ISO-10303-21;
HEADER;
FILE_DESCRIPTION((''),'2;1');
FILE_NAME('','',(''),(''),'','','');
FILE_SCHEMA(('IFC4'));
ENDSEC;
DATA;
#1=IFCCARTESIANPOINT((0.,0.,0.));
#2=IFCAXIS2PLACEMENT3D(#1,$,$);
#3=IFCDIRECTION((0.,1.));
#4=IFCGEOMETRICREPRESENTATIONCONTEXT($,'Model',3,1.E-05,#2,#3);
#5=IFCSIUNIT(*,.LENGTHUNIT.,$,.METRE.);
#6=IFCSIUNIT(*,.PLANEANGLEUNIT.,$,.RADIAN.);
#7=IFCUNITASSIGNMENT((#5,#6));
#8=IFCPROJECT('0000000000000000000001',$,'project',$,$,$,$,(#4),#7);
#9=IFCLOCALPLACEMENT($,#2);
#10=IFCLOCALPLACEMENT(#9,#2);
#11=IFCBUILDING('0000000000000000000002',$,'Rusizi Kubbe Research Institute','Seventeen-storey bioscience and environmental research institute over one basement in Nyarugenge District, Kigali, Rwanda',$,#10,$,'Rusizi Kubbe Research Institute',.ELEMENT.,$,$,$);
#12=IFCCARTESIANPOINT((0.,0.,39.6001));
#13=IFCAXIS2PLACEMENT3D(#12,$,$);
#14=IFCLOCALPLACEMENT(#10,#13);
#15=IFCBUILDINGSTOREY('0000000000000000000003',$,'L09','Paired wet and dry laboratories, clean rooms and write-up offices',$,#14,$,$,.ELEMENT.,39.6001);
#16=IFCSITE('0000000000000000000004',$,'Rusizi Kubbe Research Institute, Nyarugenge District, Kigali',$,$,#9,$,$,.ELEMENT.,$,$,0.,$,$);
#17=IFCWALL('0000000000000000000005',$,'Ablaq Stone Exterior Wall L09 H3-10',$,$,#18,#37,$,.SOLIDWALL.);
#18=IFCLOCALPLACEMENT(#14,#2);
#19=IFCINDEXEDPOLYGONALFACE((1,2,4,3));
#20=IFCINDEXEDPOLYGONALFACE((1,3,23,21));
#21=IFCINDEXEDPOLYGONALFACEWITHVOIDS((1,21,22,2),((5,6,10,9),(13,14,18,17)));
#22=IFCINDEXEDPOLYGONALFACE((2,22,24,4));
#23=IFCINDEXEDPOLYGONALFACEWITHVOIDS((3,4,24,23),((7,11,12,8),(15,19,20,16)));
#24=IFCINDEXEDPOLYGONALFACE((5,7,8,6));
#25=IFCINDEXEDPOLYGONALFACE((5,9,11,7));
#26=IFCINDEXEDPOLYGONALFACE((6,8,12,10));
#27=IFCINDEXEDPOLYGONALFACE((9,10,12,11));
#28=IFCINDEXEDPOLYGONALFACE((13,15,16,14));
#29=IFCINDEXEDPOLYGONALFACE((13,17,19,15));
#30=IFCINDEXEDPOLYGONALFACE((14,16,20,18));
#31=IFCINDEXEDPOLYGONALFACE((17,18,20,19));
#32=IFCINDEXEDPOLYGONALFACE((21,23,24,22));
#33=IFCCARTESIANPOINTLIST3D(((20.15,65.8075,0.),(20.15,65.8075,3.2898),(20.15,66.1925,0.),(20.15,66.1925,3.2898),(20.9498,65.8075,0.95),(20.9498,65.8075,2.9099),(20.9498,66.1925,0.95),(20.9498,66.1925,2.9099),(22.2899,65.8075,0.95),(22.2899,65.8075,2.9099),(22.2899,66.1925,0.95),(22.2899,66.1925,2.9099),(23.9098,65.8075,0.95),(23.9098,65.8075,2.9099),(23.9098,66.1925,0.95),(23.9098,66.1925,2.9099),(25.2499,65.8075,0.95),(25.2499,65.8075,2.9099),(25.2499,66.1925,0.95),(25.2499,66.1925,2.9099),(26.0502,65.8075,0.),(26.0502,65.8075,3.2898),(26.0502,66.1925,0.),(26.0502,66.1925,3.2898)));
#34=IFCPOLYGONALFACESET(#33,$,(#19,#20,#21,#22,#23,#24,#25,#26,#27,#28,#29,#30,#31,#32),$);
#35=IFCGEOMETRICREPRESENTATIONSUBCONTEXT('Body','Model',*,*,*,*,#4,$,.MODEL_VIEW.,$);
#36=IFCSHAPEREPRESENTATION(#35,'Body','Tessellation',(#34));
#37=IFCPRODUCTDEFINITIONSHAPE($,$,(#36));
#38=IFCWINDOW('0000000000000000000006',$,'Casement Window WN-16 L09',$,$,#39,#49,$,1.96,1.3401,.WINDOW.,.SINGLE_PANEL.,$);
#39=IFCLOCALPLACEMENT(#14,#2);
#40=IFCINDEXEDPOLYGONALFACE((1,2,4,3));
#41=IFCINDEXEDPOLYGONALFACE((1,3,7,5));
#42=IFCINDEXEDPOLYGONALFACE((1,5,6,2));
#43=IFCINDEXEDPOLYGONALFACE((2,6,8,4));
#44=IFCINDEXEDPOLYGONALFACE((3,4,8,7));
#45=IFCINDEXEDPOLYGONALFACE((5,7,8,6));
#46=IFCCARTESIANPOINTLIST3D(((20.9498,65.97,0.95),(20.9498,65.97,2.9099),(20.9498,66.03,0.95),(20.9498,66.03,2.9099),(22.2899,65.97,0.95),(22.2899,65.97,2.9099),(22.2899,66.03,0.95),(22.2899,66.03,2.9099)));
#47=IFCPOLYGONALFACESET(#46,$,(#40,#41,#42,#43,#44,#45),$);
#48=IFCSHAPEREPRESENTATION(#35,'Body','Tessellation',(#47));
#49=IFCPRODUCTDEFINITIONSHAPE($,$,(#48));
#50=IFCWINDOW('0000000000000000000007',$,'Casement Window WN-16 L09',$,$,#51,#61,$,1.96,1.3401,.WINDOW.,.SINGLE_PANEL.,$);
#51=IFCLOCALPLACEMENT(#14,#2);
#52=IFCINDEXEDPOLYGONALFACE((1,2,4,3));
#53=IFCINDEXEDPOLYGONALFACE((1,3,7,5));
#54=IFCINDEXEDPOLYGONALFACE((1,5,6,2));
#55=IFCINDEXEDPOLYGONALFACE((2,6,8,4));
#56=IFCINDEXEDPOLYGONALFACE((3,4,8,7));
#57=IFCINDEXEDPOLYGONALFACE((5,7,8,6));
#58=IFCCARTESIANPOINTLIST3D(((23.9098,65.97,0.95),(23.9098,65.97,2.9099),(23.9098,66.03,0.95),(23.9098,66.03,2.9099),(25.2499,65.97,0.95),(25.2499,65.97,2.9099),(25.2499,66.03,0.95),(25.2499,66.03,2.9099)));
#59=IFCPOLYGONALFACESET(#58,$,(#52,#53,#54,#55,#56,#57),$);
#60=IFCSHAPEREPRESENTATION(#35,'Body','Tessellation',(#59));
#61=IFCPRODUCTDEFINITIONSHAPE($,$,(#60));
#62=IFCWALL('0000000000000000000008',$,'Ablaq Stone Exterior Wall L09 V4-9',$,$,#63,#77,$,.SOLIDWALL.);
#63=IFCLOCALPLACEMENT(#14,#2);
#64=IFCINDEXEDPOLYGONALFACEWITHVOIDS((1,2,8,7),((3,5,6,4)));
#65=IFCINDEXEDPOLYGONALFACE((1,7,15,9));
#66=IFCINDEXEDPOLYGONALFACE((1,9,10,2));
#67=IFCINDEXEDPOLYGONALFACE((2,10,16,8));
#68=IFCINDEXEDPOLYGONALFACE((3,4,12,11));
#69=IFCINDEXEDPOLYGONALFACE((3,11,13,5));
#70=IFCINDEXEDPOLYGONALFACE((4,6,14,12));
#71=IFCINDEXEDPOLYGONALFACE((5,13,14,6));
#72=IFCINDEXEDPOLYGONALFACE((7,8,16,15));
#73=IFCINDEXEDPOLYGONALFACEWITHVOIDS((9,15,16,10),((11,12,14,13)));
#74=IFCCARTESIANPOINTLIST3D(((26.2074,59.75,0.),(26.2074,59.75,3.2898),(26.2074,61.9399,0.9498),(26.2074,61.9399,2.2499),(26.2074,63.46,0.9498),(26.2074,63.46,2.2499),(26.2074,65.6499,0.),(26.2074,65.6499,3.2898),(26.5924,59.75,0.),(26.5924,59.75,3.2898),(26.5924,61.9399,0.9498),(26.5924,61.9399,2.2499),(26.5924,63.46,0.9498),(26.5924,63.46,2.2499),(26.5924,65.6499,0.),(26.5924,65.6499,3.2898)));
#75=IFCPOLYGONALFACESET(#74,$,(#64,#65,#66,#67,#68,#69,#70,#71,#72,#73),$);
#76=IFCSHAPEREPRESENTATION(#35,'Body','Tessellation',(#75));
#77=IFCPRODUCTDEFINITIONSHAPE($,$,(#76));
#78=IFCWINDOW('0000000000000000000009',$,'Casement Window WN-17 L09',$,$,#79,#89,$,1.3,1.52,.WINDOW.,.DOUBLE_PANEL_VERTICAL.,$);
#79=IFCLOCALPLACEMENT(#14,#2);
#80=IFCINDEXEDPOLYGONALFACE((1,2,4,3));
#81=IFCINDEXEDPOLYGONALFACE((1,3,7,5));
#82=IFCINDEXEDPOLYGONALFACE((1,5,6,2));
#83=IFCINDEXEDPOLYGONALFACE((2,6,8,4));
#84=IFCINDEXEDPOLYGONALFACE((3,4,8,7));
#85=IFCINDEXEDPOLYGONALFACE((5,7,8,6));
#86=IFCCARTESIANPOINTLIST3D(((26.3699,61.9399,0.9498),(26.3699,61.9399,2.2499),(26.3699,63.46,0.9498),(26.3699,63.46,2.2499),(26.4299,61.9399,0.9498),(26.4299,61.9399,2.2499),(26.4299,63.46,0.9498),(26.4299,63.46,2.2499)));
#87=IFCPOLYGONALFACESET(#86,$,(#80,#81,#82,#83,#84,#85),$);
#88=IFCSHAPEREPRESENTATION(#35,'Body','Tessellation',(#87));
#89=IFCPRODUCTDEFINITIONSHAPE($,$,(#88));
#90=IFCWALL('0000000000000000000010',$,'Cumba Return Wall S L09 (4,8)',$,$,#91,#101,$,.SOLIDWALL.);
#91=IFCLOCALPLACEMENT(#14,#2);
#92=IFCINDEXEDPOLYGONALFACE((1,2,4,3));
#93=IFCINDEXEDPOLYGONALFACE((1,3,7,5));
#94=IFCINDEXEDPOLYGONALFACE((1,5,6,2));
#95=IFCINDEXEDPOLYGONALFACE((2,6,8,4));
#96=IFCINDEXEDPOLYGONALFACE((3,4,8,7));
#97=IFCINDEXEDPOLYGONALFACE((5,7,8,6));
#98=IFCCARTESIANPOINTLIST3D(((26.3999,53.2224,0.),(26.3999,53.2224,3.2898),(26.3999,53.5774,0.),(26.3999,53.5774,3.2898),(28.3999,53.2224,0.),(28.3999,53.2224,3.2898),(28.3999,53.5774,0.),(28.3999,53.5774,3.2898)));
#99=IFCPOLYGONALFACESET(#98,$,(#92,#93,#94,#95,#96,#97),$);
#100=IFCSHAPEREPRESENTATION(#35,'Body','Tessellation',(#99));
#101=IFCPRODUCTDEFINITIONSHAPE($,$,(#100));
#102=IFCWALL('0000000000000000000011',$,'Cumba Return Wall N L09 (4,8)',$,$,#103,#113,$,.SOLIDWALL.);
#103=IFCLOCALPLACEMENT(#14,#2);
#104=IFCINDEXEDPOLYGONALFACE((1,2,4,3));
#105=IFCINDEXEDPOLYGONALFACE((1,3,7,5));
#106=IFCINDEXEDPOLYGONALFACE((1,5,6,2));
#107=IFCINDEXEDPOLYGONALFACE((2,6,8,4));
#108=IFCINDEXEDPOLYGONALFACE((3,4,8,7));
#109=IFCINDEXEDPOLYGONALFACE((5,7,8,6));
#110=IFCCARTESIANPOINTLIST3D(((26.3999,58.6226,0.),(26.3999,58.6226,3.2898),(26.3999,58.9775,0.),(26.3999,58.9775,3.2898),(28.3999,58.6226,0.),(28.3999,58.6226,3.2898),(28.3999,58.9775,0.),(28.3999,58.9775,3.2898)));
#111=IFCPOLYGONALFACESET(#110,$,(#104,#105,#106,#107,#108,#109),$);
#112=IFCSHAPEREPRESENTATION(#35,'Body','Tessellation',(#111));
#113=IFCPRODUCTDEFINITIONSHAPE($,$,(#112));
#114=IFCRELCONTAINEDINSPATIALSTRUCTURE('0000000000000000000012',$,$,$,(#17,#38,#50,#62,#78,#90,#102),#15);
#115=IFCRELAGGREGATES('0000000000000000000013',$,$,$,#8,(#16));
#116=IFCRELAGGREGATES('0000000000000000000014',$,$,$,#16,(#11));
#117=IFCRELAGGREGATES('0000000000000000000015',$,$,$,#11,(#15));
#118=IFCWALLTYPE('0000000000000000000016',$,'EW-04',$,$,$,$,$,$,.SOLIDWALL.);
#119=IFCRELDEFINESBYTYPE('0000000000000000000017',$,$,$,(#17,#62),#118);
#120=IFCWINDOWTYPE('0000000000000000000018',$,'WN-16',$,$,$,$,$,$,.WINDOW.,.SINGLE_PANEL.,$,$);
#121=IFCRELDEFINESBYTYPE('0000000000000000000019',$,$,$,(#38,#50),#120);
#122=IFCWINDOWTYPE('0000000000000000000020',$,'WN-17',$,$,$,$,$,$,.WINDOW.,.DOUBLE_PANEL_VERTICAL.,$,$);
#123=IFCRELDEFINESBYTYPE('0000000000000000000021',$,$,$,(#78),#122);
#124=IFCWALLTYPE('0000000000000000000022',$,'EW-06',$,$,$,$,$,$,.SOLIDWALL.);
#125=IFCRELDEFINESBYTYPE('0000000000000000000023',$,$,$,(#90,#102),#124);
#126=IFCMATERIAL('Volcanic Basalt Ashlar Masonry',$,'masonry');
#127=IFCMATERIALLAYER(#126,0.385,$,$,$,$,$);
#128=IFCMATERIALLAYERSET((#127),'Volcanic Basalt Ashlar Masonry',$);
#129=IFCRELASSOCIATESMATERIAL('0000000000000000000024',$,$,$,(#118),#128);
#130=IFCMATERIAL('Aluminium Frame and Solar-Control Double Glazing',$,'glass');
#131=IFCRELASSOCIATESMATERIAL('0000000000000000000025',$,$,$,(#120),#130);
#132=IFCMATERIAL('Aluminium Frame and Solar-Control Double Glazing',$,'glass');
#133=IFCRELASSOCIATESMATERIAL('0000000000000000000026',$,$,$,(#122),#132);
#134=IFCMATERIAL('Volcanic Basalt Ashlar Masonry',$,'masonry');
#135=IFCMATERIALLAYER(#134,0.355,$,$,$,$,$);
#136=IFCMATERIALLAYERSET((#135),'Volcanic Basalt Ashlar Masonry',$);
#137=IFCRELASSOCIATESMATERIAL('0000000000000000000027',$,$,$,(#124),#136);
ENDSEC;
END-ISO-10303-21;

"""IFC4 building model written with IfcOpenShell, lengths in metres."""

from ifc_helpers import new_model, si_unit, direction, frame, frame_2d, origin, place, context, subcontext, project, spatial, rectangle, extrude, material, layer, layer_set, type_object, element, fill, save


model = new_model("IFC4")

# Units and contexts
model_context = context("Model", 3, precision=1e-05, world=origin(), true_north=direction((0.0, 1.0)))
body_context = subcontext(model_context, "Body", "Model", "MODEL_VIEW")
ifc_project = project(units=[si_unit("LENGTHUNIT", "METRE"), si_unit("PLANEANGLEUNIT", "RADIAN")], contexts=[model_context])

# Site, building, storey
site_placement = place(None, origin())
site = spatial("IfcSite", under=ifc_project, at=site_placement, Name="Rusizi Kubbe Research Institute, Nyarugenge District, Kigali", CompositionType="ELEMENT", RefElevation=0.0)
building_placement = place(site_placement, origin())
building = spatial("IfcBuilding", under=site, at=building_placement, Name="Rusizi Kubbe Research Institute", Description="Seventeen-storey bioscience and environmental research institute over one basement in Nyarugenge District, Kigali, Rwanda", LongName="Rusizi Kubbe Research Institute", CompositionType="ELEMENT")
storey_placement = place(building_placement, frame((0.0, 0.0, 39.6001)))
storey = spatial("IfcBuildingStorey", under=building, at=storey_placement, Name="L09", Description="Paired wet and dry laboratories, clean rooms and write-up offices", CompositionType="ELEMENT", Elevation=39.6001)

# Wall, openings, windows
ifc_material_1 = material(Name="Volcanic Basalt Ashlar Masonry", Category="masonry")
ifc_layer_1 = layer(ifc_material_1, 0.385)
ifc_layer_set_1 = layer_set([ifc_layer_1], Name="Volcanic Basalt Ashlar Masonry")
wall_type_1 = type_object("IfcWallType", Name="EW-04", PredefinedType="SOLIDWALL", material=ifc_layer_set_1)
wall_1_placement = place(storey_placement, frame((20.1499, 66.0, 0.0), z_axis=(0.0, 0.0, 1.0), x_axis=(1.0, 0.0, 0.0)))
wall_1 = element("IfcWall", 1, at=wall_1_placement, inside=storey, type_object=wall_type_1, Name="Ablaq Stone Exterior Wall L09 H3-10", PredefinedType="SOLIDWALL", context=body_context, shape_type="SweptSolid", body=[
    extrude(rectangle(XDim=5.9001, YDim=0.385, at=frame_2d((2.9502, 0.0))), origin(), (0.0, 0.0, 1.0), 3.2898),
])
opening_1_placement = place(wall_1_placement, frame((0.8, 0.0, 0.95)))
opening_1 = element("IfcOpeningElement", 2, at=opening_1_placement, cuts=wall_1, PredefinedType="OPENING", context=body_context, shape_type="SweptSolid", body=[
    extrude(rectangle(XDim=1.3401, YDim=1.96, at=frame_2d((0.6699, 0.98))), frame((0.0, 0.2024, 0.0), z_axis=(0.0, -1.0, 0.0), x_axis=(1.0, 0.0, 0.0)), (0.0, 0.0, 1.0), 0.405),
])
opening_2_placement = place(wall_1_placement, frame((3.76, 0.0, 0.95)))
opening_2 = element("IfcOpeningElement", 3, at=opening_2_placement, cuts=wall_1, PredefinedType="OPENING", context=body_context, shape_type="SweptSolid", body=[
    extrude(rectangle(XDim=1.3401, YDim=1.96, at=frame_2d((0.6699, 0.98))), frame((0.0, 0.2024, 0.0), z_axis=(0.0, -1.0, 0.0), x_axis=(1.0, 0.0, 0.0)), (0.0, 0.0, 1.0), 0.405),
])
ifc_material_2 = material(Name="Aluminium Frame and Solar-Control Double Glazing", Category="glass")
window_type_1 = type_object("IfcWindowType", Name="WN-16", PartitioningType="SINGLE_PANEL", PredefinedType="WINDOW", material=ifc_material_2)
window_1_placement = place(opening_1_placement, origin())
window_1 = element("IfcWindow", 4, at=window_1_placement, inside=storey, type_object=window_type_1, Name="Casement Window WN-16 L09", OverallHeight=1.96, OverallWidth=1.3401, PartitioningType="SINGLE_PANEL", PredefinedType="WINDOW", context=body_context, shape_type="SweptSolid", body=[
    extrude(rectangle(XDim=1.3401, YDim=1.96, at=frame_2d((0.6699, 0.98))), frame((0.0, 0.03, 0.0), z_axis=(0.0, -1.0, 0.0), x_axis=(1.0, 0.0, 0.0)), (0.0, 0.0, 1.0), 0.0601),
])
fill(opening_1, window_1)
window_2_placement = place(opening_2_placement, origin())
window_2 = element("IfcWindow", 5, at=window_2_placement, inside=storey, type_object=window_type_1, Name="Casement Window WN-16 L09", OverallHeight=1.96, OverallWidth=1.3401, PartitioningType="SINGLE_PANEL", PredefinedType="WINDOW", context=body_context, shape_type="SweptSolid", body=[
    extrude(rectangle(XDim=1.3401, YDim=1.96, at=frame_2d((0.6699, 0.98))), frame((0.0, 0.03, 0.0), z_axis=(0.0, -1.0, 0.0), x_axis=(1.0, 0.0, 0.0)), (0.0, 0.0, 1.0), 0.0601),
])
fill(opening_2, window_2)

# Wall, opening, window
wall_2_placement = place(storey_placement, frame((26.3999, 59.75, 0.0), z_axis=(0.0, 0.0, 1.0), x_axis=(0.0, 1.0, 0.0)))
wall_2 = element("IfcWall", 6, at=wall_2_placement, inside=storey, type_object=wall_type_1, Name="Ablaq Stone Exterior Wall L09 V4-9", PredefinedType="SOLIDWALL", context=body_context, shape_type="SweptSolid", body=[
    extrude(rectangle(XDim=5.8999, YDim=0.385, at=frame_2d((2.95, 0.0))), origin(), (0.0, 0.0, 1.0), 3.2898),
])
opening_3_placement = place(wall_2_placement, frame((2.1899, 0.0, 0.95)))
opening_3 = element("IfcOpeningElement", 7, at=opening_3_placement, cuts=wall_2, PredefinedType="OPENING", context=body_context, shape_type="SweptSolid", body=[
    extrude(rectangle(XDim=1.52, YDim=1.3, at=frame_2d((0.76, 0.6499))), frame((0.0, 0.2024, 0.0), z_axis=(0.0, -1.0, 0.0), x_axis=(1.0, 0.0, 0.0)), (0.0, 0.0, 1.0), 0.405),
])
ifc_material_3 = material(Name="Aluminium Frame and Solar-Control Double Glazing", Category="glass")
window_type_2 = type_object("IfcWindowType", Name="WN-17", PartitioningType="DOUBLE_PANEL_VERTICAL", PredefinedType="WINDOW", material=ifc_material_3)
window_3_placement = place(opening_3_placement, origin())
window_3 = element("IfcWindow", 8, at=window_3_placement, inside=storey, type_object=window_type_2, Name="Casement Window WN-17 L09", OverallHeight=1.3, OverallWidth=1.52, PartitioningType="DOUBLE_PANEL_VERTICAL", PredefinedType="WINDOW", context=body_context, shape_type="SweptSolid", body=[
    extrude(rectangle(XDim=1.52, YDim=1.3, at=frame_2d((0.76, 0.6499))), frame((0.0, 0.03, 0.0), z_axis=(0.0, -1.0, 0.0), x_axis=(1.0, 0.0, 0.0)), (0.0, 0.0, 1.0), 0.0601),
])
fill(opening_3, window_3)

# Walls
ifc_material_4 = material(Name="Volcanic Basalt Ashlar Masonry", Category="masonry")
ifc_layer_2 = layer(ifc_material_4, 0.355)
ifc_layer_set_2 = layer_set([ifc_layer_2], Name="Volcanic Basalt Ashlar Masonry")
wall_type_2 = type_object("IfcWallType", Name="EW-06", PredefinedType="SOLIDWALL", material=ifc_layer_set_2)
for number, where, z_axis, x_axis, name in (
    (9, (26.3999, 53.3999, 0.0), (0.0, 0.0, 1.0), (1.0, 0.0, 0.0), "Cumba Return Wall S L09 (4,8)"),
    (10, (26.3999, 58.8, 0.0), (0.0, 0.0, 1.0), (1.0, 0.0, 0.0), "Cumba Return Wall N L09 (4,8)"),
):
    element("IfcWall", number, at=place(storey_placement, frame(where, z_axis=z_axis, x_axis=x_axis)), inside=storey, type_object=wall_type_2, Name=name, PredefinedType="SOLIDWALL", context=body_context, shape_type="SweptSolid", body=[
        extrude(rectangle(XDim=2.0, YDim=0.355, at=frame_2d((1.0, 0.0))), origin(), (0.0, 0.0, 1.0), 3.2898),
    ])

save(model, "model.ifc")
